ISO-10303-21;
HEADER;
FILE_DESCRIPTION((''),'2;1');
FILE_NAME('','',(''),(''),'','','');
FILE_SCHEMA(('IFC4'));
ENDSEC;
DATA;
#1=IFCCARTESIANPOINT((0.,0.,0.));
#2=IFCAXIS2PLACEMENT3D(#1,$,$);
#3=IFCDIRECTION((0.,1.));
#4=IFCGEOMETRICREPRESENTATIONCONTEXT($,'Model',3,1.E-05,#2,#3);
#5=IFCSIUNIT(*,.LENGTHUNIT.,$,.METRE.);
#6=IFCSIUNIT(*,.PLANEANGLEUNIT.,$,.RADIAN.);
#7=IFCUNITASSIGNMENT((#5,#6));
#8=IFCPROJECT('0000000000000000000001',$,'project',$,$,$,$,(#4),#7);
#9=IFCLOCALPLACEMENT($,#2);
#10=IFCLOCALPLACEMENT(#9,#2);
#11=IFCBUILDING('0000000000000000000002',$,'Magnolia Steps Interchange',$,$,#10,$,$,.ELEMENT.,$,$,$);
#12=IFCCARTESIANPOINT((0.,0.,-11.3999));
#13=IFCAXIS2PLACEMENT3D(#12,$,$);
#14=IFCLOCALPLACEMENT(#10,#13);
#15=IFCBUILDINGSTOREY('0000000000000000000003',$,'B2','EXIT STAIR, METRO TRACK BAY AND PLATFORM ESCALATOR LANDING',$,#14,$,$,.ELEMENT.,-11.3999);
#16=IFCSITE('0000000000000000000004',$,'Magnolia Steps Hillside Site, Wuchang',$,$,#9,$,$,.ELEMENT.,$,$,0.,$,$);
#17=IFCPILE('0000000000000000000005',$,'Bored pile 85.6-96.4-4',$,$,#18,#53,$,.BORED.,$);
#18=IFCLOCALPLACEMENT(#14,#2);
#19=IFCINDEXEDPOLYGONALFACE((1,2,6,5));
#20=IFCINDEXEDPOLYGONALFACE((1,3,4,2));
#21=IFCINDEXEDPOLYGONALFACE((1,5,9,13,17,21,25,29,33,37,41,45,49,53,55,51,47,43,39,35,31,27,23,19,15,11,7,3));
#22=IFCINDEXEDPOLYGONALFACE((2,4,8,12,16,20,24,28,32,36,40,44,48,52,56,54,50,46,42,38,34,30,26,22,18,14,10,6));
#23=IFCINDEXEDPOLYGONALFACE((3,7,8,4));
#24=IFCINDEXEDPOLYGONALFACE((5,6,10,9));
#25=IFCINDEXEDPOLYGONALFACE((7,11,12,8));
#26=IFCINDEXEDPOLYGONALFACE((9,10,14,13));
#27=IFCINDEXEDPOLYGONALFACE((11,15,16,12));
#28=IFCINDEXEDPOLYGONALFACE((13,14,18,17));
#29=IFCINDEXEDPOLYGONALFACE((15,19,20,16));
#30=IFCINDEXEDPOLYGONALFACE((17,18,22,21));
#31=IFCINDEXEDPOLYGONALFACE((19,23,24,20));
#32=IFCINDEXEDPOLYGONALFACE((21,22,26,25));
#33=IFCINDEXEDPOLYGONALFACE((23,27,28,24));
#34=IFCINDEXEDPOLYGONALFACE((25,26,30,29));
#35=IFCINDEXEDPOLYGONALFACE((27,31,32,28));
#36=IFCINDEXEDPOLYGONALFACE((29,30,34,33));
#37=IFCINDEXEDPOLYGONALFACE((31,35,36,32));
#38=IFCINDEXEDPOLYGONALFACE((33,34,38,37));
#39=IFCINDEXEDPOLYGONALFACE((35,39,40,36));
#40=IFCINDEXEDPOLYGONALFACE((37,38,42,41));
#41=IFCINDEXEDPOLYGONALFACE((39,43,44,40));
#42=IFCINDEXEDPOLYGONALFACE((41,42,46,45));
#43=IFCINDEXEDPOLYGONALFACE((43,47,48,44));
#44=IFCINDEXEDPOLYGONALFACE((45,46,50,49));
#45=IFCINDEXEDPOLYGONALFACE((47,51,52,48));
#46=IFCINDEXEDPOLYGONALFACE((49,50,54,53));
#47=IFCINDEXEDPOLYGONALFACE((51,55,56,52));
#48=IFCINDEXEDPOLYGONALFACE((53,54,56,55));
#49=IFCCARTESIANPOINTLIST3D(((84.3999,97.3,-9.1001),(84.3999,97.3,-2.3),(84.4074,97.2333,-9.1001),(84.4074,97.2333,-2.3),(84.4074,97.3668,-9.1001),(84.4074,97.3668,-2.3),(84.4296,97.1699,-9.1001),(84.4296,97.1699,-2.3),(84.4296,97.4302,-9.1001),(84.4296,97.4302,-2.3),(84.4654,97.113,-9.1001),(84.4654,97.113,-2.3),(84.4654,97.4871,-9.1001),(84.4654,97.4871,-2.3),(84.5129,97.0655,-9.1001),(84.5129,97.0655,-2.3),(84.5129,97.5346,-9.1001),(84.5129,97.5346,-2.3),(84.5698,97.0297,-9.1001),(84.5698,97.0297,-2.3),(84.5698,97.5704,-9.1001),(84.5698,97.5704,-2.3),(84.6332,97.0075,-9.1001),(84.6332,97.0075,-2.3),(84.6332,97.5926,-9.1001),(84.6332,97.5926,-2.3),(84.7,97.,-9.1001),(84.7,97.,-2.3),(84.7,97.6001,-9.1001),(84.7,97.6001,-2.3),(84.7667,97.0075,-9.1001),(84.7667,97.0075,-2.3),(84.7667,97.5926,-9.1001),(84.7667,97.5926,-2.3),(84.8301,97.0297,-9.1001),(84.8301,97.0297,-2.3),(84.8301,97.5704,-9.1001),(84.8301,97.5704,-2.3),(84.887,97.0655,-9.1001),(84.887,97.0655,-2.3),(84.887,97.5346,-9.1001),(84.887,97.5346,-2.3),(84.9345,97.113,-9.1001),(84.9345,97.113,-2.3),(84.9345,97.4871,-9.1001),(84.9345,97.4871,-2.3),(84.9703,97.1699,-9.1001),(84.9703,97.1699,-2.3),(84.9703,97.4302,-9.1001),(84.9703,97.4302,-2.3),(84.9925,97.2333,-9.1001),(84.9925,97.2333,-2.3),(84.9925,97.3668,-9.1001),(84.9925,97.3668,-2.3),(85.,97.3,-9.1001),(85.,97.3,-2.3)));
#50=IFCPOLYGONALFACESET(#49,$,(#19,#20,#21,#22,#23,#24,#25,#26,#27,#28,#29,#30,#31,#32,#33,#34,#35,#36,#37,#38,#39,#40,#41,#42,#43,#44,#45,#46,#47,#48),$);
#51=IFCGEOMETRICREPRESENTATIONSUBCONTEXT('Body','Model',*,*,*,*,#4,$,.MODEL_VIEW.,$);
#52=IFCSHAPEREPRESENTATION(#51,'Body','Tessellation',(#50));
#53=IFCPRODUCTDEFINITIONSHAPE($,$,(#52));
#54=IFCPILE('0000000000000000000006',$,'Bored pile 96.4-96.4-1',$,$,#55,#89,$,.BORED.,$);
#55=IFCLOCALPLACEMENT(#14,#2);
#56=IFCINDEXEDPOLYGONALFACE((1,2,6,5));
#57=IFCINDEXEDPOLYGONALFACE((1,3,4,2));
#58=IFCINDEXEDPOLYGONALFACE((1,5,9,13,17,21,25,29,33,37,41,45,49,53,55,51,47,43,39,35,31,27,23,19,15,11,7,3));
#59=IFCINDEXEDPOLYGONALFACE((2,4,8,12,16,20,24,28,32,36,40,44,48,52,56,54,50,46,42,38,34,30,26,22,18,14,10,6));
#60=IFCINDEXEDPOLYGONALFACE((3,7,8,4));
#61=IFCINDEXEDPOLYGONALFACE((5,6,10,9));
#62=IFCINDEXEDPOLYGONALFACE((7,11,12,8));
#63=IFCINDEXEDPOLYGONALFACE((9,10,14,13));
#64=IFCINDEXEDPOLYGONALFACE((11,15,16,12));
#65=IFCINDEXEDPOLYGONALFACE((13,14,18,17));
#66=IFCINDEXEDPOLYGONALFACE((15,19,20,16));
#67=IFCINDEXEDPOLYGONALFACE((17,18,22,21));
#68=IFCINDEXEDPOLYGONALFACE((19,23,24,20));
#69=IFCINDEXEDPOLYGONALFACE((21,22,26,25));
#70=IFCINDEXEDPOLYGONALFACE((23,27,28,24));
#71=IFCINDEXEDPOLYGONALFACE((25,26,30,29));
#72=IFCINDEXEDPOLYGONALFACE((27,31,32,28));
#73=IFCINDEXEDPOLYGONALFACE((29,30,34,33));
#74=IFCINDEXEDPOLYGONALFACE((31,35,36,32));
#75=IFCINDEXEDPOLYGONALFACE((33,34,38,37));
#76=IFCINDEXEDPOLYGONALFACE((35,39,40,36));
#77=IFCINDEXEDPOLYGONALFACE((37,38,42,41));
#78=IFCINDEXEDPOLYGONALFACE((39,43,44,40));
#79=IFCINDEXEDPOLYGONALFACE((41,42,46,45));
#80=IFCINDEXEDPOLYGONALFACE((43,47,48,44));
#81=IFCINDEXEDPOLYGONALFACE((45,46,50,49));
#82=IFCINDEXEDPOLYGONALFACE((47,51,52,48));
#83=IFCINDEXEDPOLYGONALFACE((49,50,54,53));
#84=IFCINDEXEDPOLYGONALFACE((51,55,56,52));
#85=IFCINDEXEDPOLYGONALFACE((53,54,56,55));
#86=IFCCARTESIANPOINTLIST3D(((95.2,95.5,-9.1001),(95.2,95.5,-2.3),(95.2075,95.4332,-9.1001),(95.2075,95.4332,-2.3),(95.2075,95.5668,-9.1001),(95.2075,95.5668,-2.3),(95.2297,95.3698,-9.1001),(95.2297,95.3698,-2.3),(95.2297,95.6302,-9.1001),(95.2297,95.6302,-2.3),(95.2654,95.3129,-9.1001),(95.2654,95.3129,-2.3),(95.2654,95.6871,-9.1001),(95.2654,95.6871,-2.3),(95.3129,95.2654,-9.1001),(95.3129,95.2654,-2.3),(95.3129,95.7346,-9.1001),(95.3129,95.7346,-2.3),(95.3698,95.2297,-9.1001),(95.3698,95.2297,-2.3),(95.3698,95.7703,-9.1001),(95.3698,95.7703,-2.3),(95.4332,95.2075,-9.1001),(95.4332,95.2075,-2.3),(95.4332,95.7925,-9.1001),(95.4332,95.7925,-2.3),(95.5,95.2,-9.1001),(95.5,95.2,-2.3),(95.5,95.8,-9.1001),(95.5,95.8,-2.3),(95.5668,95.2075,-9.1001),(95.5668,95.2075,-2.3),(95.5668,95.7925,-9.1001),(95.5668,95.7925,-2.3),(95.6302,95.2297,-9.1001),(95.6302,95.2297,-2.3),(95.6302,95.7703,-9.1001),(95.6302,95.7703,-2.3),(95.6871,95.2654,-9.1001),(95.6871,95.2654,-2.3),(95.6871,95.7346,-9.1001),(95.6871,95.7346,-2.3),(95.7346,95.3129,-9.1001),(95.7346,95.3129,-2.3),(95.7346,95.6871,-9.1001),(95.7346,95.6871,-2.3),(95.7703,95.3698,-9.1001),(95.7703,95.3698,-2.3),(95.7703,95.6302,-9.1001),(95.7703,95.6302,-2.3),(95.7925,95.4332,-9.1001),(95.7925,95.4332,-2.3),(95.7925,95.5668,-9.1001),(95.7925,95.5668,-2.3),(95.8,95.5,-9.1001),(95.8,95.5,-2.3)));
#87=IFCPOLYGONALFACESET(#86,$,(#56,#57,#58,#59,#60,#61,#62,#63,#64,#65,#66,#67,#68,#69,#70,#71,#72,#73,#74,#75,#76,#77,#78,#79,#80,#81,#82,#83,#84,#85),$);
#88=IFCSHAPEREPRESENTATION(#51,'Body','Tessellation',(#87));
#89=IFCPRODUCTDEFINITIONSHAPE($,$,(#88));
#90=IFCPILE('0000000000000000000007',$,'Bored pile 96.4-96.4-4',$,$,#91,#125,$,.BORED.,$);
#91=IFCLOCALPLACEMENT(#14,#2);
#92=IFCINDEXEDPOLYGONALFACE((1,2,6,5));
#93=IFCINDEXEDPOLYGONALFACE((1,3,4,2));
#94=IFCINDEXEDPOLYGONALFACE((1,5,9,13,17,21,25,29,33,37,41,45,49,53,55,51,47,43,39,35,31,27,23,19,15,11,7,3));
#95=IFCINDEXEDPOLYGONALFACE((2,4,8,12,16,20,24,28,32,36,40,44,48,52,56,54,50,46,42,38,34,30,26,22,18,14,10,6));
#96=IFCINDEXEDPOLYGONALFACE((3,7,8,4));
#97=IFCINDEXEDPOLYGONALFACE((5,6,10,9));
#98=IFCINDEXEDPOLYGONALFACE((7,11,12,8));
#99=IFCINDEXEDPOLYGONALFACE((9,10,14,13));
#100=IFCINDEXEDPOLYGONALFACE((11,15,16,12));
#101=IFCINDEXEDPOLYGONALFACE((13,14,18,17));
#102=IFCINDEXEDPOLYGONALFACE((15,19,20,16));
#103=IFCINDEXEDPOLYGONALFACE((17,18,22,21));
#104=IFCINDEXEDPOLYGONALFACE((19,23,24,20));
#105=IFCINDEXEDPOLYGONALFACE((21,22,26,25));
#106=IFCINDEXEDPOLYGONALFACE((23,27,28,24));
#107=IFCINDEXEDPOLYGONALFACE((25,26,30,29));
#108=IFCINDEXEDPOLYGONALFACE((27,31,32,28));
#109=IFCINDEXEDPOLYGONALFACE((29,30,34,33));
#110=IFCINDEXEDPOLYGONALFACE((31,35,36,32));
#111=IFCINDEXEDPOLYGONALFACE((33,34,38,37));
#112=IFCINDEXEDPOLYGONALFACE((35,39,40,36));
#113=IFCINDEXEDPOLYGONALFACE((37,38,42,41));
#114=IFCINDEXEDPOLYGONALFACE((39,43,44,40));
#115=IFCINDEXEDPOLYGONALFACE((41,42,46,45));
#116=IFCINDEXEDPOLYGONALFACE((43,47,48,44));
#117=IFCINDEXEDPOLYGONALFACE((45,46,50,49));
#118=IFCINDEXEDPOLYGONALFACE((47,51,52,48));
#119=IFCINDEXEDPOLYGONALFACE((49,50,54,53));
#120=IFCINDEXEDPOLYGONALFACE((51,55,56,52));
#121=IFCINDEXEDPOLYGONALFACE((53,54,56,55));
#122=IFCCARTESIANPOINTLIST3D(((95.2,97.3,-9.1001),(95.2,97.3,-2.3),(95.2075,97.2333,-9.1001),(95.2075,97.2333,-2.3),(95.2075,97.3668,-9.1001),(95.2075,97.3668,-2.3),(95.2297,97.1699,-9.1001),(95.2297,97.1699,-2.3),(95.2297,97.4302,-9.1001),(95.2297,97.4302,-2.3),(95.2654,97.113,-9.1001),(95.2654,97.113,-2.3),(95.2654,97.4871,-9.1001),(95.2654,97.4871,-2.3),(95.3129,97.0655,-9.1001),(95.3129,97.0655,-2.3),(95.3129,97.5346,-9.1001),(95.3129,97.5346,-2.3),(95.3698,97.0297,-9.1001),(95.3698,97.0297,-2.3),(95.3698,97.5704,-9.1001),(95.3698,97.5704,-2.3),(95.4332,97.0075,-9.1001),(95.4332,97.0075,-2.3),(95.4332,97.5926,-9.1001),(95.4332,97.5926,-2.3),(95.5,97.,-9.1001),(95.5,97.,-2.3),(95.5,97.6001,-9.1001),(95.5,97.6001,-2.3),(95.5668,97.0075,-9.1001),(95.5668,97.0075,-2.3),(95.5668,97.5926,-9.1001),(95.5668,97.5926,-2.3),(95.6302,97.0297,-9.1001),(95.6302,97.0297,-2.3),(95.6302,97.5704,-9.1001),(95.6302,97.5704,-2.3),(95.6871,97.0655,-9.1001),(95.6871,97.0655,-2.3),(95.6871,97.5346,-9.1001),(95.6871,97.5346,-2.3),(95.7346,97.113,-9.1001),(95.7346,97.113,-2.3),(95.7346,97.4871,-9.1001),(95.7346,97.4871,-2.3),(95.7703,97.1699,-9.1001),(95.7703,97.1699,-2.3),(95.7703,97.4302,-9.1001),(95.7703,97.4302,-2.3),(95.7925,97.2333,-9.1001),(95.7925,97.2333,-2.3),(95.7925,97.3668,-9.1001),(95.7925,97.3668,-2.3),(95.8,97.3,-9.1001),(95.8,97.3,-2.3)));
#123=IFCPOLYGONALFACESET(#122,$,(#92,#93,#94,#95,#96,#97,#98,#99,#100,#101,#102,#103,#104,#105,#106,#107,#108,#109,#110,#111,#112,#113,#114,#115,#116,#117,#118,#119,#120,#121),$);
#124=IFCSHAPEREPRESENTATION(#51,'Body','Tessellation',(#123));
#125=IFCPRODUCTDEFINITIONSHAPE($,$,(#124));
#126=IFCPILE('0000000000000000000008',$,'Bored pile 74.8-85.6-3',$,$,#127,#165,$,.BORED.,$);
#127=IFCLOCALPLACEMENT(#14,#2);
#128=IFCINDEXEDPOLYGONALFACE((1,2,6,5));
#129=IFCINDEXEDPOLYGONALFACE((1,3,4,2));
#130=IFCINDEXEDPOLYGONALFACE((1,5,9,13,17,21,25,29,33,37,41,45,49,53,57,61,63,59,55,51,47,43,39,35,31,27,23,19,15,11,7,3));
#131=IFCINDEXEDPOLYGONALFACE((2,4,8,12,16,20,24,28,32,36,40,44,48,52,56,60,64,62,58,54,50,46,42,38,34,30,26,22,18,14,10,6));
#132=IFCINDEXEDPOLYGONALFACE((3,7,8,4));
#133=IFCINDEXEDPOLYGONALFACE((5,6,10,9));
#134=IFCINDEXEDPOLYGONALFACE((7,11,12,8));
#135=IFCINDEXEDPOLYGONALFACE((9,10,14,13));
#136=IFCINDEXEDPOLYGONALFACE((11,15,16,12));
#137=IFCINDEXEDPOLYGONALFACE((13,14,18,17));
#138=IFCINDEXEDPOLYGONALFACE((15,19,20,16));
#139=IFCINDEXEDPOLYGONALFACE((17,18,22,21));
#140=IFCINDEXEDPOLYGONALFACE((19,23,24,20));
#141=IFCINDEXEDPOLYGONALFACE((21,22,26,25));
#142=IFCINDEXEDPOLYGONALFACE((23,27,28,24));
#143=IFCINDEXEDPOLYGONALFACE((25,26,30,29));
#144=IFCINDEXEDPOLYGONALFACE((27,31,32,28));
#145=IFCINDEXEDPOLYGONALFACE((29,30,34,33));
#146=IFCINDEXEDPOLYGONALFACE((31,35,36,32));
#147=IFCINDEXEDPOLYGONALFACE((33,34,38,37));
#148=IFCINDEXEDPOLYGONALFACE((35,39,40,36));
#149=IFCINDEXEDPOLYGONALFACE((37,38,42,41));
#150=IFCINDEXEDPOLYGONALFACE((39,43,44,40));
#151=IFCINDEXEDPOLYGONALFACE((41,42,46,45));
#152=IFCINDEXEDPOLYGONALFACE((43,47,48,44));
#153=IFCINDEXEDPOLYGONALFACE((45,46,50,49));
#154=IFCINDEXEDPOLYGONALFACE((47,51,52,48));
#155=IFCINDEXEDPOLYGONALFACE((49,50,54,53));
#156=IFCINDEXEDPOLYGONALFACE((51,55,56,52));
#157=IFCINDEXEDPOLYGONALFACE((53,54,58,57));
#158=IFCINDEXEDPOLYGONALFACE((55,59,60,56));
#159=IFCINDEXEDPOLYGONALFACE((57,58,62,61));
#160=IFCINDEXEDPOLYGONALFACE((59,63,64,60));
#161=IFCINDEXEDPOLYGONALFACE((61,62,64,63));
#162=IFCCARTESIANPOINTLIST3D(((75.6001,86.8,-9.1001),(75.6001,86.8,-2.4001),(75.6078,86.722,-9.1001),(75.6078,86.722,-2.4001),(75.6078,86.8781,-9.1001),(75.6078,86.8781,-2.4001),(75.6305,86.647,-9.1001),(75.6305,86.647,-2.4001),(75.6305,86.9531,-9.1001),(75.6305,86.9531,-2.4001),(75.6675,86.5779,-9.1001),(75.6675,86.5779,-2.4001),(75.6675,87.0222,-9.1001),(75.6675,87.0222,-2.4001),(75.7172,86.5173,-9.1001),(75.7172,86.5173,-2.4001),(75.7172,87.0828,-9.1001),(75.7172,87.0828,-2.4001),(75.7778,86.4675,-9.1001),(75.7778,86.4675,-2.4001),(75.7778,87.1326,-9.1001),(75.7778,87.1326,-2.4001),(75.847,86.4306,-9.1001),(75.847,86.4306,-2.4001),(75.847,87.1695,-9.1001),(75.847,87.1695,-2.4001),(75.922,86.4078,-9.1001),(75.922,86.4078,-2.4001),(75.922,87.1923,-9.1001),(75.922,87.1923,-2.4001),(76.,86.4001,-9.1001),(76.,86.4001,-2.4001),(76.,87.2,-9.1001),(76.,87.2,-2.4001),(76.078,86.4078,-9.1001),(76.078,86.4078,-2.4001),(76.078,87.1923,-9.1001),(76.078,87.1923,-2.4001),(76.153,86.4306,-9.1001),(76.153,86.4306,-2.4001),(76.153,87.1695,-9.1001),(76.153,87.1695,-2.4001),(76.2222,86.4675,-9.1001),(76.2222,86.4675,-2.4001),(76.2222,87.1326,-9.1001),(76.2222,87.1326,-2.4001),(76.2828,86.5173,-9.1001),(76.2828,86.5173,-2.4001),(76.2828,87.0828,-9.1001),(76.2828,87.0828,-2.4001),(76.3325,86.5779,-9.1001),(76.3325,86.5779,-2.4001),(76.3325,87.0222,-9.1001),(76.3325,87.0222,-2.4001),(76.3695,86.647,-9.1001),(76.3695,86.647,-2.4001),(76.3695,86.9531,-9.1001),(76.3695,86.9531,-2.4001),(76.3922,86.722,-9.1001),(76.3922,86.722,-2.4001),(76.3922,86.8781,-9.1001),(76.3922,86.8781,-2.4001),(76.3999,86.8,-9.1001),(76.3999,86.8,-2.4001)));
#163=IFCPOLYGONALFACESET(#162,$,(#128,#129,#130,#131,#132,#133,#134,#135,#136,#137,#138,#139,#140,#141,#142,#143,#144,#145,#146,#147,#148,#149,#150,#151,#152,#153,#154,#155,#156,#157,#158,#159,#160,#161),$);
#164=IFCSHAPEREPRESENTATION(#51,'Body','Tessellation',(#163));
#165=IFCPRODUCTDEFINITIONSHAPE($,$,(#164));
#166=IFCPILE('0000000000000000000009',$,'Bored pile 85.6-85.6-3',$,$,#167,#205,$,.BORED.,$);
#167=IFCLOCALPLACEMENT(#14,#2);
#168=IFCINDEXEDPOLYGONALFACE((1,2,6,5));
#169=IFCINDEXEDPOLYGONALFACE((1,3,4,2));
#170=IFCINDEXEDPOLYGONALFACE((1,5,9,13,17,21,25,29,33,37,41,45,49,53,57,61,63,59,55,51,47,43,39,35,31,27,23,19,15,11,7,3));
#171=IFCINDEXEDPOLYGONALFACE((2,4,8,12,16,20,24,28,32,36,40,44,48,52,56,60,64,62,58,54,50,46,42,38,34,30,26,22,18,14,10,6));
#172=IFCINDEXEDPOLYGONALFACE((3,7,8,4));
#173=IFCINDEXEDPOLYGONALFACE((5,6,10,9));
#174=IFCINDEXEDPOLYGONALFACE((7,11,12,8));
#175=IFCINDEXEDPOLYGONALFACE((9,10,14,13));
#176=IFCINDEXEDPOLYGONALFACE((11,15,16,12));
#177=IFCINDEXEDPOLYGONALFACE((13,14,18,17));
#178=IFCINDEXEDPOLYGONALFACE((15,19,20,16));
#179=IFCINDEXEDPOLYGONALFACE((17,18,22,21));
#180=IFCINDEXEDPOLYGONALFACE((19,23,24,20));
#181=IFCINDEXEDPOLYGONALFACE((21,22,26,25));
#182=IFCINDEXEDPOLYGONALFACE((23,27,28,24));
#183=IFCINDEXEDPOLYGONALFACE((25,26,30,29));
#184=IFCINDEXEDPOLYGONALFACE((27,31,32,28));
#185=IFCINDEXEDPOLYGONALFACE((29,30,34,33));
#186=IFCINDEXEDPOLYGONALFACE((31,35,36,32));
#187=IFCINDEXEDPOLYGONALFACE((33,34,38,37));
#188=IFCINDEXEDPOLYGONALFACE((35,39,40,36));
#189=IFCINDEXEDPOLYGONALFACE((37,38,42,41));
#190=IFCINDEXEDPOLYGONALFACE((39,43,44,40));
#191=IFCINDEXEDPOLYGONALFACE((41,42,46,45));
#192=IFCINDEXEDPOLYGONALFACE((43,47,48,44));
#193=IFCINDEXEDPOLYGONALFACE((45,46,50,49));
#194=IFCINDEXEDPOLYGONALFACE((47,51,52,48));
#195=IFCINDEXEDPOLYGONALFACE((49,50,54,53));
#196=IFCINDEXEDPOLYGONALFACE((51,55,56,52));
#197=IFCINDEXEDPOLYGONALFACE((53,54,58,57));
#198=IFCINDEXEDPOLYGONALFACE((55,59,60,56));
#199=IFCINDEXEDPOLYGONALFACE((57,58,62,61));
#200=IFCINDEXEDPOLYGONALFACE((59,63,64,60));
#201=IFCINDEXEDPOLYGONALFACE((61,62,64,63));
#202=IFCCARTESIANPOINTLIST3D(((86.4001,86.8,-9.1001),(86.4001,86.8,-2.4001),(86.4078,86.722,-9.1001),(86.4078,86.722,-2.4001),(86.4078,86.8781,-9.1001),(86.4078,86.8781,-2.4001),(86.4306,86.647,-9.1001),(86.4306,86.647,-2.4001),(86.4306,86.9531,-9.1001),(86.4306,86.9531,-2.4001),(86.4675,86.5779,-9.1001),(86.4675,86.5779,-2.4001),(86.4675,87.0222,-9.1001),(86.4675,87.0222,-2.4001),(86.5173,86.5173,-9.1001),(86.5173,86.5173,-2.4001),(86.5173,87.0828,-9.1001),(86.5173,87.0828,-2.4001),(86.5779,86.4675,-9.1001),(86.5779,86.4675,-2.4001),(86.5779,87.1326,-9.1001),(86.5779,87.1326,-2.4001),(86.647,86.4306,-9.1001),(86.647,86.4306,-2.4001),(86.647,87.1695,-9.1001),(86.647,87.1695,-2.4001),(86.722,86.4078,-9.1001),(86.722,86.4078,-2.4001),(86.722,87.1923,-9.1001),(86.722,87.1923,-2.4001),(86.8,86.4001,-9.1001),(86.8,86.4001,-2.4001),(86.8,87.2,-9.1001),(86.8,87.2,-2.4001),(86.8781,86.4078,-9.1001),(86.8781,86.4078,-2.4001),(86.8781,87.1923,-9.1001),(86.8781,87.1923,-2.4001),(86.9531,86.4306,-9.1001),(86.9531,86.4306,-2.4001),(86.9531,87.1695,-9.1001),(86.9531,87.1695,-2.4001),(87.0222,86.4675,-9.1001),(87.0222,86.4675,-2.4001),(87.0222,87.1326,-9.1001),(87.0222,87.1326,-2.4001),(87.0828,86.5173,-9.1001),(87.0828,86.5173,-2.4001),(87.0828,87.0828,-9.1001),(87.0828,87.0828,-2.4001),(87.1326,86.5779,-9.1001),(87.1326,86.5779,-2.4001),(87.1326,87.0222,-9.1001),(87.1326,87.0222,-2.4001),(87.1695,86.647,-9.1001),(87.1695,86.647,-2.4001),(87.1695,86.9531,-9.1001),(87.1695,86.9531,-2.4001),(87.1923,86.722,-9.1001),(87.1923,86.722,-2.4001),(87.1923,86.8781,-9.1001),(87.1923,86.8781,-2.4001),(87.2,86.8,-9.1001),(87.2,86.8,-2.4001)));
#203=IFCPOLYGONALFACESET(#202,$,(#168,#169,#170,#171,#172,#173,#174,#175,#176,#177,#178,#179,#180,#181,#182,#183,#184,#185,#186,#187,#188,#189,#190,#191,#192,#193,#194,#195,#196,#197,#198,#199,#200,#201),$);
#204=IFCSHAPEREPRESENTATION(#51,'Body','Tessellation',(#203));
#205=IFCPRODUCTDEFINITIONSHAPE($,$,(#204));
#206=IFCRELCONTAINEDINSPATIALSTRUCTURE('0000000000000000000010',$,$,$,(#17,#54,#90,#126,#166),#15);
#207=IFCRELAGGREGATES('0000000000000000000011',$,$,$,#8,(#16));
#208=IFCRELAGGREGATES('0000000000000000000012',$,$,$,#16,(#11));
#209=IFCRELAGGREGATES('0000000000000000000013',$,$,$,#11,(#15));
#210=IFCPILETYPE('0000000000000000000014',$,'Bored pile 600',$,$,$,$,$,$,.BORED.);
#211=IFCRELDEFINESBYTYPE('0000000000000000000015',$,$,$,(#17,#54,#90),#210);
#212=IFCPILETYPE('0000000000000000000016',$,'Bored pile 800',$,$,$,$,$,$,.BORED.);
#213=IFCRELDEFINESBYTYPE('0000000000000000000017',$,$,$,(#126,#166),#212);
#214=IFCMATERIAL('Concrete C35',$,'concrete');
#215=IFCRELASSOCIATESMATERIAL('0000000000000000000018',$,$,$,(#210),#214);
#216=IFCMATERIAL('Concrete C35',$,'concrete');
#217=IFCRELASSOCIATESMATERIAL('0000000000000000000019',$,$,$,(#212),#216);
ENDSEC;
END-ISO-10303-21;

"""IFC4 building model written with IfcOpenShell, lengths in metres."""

from ifc_helpers import new_model, si_unit, direction, frame, origin, origin_2d, place, context, subcontext, project, spatial, circle, extrude, material, material_profile, profile_set, type_object, element, save


model = new_model("IFC4")

# Units and contexts
model_context = context("Model", 3, precision=1e-05, world=origin(), true_north=direction((0.0, 1.0)))
body_context = subcontext(model_context, "Body", "Model", "MODEL_VIEW")
ifc_project = project(units=[si_unit("LENGTHUNIT", "METRE"), si_unit("PLANEANGLEUNIT", "RADIAN")], contexts=[model_context])

# Site, building, storey
site_placement = place(None, origin())
site = spatial("IfcSite", under=ifc_project, at=site_placement, Name="Magnolia Steps Hillside Site, Wuchang", CompositionType="ELEMENT", RefElevation=0.0)
building_placement = place(site_placement, origin())
building = spatial("IfcBuilding", under=site, at=building_placement, Name="Magnolia Steps Interchange", CompositionType="ELEMENT")
storey_placement = place(building_placement, frame((0.0, 0.0, -11.3999)))
storey = spatial("IfcBuildingStorey", under=building, at=storey_placement, Name="B2", Description="EXIT STAIR, METRO TRACK BAY AND PLATFORM ESCALATOR LANDING", CompositionType="ELEMENT", Elevation=-11.3999)

# Piles
ifc_material_1 = material(Name="Concrete C35", Category="concrete")
ifc_material_profile_1 = material_profile(ifc_material_1, circle(Radius=0.3, at=origin_2d()), Name="Bored pile 600")
ifc_profile_set_1 = profile_set([ifc_material_profile_1], Name="Concrete C35")
pile_type_1 = type_object("IfcPileType", Name="Bored pile 600", PredefinedType="BORED", material=ifc_profile_set_1)
for number, where, z_axis, x_axis, name in (
    (1, (84.7, 97.3, -2.3), (0.0, 0.0, -1.0), (1.0, 0.0, 0.0), "Bored pile 85.6-96.4-4"),
    (2, (95.5, 95.5, -2.3), (0.0, 0.0, -1.0), (1.0, 0.0, 0.0), "Bored pile 96.4-96.4-1"),
    (3, (95.5, 97.3, -2.3), (0.0, 0.0, -1.0), (1.0, 0.0, 0.0), "Bored pile 96.4-96.4-4"),
):
    element("IfcPile", number, at=place(storey_placement, frame(where, z_axis=z_axis, x_axis=x_axis)), inside=storey, type_object=pile_type_1, Name=name, PredefinedType="BORED", context=body_context, shape_type="SweptSolid", body=[
        extrude(circle(Radius=0.3, at=origin_2d()), origin(), (0.0, 0.0, 1.0), 6.8),
    ])
ifc_material_2 = material(Name="Concrete C35", Category="concrete")
ifc_material_profile_2 = material_profile(ifc_material_2, circle(Radius=0.3999, at=origin_2d()), Name="Bored pile 800")
ifc_profile_set_2 = profile_set([ifc_material_profile_2], Name="Concrete C35")
pile_type_2 = type_object("IfcPileType", Name="Bored pile 800", PredefinedType="BORED", material=ifc_profile_set_2)
for number, where, z_axis, x_axis, name in (
    (4, (76.0, 86.8, -2.4001), (0.0, 0.0, -1.0), (1.0, 0.0, 0.0), "Bored pile 74.8-85.6-3"),
    (5, (86.8, 86.8, -2.4001), (0.0, 0.0, -1.0), (1.0, 0.0, 0.0), "Bored pile 85.6-85.6-3"),
):
    element("IfcPile", number, at=place(storey_placement, frame(where, z_axis=z_axis, x_axis=x_axis)), inside=storey, type_object=pile_type_2, Name=name, PredefinedType="BORED", context=body_context, shape_type="SweptSolid", body=[
        extrude(circle(Radius=0.3999, at=origin_2d()), origin(), (0.0, 0.0, 1.0), 6.7),
    ])

save(model, "model.ifc")
